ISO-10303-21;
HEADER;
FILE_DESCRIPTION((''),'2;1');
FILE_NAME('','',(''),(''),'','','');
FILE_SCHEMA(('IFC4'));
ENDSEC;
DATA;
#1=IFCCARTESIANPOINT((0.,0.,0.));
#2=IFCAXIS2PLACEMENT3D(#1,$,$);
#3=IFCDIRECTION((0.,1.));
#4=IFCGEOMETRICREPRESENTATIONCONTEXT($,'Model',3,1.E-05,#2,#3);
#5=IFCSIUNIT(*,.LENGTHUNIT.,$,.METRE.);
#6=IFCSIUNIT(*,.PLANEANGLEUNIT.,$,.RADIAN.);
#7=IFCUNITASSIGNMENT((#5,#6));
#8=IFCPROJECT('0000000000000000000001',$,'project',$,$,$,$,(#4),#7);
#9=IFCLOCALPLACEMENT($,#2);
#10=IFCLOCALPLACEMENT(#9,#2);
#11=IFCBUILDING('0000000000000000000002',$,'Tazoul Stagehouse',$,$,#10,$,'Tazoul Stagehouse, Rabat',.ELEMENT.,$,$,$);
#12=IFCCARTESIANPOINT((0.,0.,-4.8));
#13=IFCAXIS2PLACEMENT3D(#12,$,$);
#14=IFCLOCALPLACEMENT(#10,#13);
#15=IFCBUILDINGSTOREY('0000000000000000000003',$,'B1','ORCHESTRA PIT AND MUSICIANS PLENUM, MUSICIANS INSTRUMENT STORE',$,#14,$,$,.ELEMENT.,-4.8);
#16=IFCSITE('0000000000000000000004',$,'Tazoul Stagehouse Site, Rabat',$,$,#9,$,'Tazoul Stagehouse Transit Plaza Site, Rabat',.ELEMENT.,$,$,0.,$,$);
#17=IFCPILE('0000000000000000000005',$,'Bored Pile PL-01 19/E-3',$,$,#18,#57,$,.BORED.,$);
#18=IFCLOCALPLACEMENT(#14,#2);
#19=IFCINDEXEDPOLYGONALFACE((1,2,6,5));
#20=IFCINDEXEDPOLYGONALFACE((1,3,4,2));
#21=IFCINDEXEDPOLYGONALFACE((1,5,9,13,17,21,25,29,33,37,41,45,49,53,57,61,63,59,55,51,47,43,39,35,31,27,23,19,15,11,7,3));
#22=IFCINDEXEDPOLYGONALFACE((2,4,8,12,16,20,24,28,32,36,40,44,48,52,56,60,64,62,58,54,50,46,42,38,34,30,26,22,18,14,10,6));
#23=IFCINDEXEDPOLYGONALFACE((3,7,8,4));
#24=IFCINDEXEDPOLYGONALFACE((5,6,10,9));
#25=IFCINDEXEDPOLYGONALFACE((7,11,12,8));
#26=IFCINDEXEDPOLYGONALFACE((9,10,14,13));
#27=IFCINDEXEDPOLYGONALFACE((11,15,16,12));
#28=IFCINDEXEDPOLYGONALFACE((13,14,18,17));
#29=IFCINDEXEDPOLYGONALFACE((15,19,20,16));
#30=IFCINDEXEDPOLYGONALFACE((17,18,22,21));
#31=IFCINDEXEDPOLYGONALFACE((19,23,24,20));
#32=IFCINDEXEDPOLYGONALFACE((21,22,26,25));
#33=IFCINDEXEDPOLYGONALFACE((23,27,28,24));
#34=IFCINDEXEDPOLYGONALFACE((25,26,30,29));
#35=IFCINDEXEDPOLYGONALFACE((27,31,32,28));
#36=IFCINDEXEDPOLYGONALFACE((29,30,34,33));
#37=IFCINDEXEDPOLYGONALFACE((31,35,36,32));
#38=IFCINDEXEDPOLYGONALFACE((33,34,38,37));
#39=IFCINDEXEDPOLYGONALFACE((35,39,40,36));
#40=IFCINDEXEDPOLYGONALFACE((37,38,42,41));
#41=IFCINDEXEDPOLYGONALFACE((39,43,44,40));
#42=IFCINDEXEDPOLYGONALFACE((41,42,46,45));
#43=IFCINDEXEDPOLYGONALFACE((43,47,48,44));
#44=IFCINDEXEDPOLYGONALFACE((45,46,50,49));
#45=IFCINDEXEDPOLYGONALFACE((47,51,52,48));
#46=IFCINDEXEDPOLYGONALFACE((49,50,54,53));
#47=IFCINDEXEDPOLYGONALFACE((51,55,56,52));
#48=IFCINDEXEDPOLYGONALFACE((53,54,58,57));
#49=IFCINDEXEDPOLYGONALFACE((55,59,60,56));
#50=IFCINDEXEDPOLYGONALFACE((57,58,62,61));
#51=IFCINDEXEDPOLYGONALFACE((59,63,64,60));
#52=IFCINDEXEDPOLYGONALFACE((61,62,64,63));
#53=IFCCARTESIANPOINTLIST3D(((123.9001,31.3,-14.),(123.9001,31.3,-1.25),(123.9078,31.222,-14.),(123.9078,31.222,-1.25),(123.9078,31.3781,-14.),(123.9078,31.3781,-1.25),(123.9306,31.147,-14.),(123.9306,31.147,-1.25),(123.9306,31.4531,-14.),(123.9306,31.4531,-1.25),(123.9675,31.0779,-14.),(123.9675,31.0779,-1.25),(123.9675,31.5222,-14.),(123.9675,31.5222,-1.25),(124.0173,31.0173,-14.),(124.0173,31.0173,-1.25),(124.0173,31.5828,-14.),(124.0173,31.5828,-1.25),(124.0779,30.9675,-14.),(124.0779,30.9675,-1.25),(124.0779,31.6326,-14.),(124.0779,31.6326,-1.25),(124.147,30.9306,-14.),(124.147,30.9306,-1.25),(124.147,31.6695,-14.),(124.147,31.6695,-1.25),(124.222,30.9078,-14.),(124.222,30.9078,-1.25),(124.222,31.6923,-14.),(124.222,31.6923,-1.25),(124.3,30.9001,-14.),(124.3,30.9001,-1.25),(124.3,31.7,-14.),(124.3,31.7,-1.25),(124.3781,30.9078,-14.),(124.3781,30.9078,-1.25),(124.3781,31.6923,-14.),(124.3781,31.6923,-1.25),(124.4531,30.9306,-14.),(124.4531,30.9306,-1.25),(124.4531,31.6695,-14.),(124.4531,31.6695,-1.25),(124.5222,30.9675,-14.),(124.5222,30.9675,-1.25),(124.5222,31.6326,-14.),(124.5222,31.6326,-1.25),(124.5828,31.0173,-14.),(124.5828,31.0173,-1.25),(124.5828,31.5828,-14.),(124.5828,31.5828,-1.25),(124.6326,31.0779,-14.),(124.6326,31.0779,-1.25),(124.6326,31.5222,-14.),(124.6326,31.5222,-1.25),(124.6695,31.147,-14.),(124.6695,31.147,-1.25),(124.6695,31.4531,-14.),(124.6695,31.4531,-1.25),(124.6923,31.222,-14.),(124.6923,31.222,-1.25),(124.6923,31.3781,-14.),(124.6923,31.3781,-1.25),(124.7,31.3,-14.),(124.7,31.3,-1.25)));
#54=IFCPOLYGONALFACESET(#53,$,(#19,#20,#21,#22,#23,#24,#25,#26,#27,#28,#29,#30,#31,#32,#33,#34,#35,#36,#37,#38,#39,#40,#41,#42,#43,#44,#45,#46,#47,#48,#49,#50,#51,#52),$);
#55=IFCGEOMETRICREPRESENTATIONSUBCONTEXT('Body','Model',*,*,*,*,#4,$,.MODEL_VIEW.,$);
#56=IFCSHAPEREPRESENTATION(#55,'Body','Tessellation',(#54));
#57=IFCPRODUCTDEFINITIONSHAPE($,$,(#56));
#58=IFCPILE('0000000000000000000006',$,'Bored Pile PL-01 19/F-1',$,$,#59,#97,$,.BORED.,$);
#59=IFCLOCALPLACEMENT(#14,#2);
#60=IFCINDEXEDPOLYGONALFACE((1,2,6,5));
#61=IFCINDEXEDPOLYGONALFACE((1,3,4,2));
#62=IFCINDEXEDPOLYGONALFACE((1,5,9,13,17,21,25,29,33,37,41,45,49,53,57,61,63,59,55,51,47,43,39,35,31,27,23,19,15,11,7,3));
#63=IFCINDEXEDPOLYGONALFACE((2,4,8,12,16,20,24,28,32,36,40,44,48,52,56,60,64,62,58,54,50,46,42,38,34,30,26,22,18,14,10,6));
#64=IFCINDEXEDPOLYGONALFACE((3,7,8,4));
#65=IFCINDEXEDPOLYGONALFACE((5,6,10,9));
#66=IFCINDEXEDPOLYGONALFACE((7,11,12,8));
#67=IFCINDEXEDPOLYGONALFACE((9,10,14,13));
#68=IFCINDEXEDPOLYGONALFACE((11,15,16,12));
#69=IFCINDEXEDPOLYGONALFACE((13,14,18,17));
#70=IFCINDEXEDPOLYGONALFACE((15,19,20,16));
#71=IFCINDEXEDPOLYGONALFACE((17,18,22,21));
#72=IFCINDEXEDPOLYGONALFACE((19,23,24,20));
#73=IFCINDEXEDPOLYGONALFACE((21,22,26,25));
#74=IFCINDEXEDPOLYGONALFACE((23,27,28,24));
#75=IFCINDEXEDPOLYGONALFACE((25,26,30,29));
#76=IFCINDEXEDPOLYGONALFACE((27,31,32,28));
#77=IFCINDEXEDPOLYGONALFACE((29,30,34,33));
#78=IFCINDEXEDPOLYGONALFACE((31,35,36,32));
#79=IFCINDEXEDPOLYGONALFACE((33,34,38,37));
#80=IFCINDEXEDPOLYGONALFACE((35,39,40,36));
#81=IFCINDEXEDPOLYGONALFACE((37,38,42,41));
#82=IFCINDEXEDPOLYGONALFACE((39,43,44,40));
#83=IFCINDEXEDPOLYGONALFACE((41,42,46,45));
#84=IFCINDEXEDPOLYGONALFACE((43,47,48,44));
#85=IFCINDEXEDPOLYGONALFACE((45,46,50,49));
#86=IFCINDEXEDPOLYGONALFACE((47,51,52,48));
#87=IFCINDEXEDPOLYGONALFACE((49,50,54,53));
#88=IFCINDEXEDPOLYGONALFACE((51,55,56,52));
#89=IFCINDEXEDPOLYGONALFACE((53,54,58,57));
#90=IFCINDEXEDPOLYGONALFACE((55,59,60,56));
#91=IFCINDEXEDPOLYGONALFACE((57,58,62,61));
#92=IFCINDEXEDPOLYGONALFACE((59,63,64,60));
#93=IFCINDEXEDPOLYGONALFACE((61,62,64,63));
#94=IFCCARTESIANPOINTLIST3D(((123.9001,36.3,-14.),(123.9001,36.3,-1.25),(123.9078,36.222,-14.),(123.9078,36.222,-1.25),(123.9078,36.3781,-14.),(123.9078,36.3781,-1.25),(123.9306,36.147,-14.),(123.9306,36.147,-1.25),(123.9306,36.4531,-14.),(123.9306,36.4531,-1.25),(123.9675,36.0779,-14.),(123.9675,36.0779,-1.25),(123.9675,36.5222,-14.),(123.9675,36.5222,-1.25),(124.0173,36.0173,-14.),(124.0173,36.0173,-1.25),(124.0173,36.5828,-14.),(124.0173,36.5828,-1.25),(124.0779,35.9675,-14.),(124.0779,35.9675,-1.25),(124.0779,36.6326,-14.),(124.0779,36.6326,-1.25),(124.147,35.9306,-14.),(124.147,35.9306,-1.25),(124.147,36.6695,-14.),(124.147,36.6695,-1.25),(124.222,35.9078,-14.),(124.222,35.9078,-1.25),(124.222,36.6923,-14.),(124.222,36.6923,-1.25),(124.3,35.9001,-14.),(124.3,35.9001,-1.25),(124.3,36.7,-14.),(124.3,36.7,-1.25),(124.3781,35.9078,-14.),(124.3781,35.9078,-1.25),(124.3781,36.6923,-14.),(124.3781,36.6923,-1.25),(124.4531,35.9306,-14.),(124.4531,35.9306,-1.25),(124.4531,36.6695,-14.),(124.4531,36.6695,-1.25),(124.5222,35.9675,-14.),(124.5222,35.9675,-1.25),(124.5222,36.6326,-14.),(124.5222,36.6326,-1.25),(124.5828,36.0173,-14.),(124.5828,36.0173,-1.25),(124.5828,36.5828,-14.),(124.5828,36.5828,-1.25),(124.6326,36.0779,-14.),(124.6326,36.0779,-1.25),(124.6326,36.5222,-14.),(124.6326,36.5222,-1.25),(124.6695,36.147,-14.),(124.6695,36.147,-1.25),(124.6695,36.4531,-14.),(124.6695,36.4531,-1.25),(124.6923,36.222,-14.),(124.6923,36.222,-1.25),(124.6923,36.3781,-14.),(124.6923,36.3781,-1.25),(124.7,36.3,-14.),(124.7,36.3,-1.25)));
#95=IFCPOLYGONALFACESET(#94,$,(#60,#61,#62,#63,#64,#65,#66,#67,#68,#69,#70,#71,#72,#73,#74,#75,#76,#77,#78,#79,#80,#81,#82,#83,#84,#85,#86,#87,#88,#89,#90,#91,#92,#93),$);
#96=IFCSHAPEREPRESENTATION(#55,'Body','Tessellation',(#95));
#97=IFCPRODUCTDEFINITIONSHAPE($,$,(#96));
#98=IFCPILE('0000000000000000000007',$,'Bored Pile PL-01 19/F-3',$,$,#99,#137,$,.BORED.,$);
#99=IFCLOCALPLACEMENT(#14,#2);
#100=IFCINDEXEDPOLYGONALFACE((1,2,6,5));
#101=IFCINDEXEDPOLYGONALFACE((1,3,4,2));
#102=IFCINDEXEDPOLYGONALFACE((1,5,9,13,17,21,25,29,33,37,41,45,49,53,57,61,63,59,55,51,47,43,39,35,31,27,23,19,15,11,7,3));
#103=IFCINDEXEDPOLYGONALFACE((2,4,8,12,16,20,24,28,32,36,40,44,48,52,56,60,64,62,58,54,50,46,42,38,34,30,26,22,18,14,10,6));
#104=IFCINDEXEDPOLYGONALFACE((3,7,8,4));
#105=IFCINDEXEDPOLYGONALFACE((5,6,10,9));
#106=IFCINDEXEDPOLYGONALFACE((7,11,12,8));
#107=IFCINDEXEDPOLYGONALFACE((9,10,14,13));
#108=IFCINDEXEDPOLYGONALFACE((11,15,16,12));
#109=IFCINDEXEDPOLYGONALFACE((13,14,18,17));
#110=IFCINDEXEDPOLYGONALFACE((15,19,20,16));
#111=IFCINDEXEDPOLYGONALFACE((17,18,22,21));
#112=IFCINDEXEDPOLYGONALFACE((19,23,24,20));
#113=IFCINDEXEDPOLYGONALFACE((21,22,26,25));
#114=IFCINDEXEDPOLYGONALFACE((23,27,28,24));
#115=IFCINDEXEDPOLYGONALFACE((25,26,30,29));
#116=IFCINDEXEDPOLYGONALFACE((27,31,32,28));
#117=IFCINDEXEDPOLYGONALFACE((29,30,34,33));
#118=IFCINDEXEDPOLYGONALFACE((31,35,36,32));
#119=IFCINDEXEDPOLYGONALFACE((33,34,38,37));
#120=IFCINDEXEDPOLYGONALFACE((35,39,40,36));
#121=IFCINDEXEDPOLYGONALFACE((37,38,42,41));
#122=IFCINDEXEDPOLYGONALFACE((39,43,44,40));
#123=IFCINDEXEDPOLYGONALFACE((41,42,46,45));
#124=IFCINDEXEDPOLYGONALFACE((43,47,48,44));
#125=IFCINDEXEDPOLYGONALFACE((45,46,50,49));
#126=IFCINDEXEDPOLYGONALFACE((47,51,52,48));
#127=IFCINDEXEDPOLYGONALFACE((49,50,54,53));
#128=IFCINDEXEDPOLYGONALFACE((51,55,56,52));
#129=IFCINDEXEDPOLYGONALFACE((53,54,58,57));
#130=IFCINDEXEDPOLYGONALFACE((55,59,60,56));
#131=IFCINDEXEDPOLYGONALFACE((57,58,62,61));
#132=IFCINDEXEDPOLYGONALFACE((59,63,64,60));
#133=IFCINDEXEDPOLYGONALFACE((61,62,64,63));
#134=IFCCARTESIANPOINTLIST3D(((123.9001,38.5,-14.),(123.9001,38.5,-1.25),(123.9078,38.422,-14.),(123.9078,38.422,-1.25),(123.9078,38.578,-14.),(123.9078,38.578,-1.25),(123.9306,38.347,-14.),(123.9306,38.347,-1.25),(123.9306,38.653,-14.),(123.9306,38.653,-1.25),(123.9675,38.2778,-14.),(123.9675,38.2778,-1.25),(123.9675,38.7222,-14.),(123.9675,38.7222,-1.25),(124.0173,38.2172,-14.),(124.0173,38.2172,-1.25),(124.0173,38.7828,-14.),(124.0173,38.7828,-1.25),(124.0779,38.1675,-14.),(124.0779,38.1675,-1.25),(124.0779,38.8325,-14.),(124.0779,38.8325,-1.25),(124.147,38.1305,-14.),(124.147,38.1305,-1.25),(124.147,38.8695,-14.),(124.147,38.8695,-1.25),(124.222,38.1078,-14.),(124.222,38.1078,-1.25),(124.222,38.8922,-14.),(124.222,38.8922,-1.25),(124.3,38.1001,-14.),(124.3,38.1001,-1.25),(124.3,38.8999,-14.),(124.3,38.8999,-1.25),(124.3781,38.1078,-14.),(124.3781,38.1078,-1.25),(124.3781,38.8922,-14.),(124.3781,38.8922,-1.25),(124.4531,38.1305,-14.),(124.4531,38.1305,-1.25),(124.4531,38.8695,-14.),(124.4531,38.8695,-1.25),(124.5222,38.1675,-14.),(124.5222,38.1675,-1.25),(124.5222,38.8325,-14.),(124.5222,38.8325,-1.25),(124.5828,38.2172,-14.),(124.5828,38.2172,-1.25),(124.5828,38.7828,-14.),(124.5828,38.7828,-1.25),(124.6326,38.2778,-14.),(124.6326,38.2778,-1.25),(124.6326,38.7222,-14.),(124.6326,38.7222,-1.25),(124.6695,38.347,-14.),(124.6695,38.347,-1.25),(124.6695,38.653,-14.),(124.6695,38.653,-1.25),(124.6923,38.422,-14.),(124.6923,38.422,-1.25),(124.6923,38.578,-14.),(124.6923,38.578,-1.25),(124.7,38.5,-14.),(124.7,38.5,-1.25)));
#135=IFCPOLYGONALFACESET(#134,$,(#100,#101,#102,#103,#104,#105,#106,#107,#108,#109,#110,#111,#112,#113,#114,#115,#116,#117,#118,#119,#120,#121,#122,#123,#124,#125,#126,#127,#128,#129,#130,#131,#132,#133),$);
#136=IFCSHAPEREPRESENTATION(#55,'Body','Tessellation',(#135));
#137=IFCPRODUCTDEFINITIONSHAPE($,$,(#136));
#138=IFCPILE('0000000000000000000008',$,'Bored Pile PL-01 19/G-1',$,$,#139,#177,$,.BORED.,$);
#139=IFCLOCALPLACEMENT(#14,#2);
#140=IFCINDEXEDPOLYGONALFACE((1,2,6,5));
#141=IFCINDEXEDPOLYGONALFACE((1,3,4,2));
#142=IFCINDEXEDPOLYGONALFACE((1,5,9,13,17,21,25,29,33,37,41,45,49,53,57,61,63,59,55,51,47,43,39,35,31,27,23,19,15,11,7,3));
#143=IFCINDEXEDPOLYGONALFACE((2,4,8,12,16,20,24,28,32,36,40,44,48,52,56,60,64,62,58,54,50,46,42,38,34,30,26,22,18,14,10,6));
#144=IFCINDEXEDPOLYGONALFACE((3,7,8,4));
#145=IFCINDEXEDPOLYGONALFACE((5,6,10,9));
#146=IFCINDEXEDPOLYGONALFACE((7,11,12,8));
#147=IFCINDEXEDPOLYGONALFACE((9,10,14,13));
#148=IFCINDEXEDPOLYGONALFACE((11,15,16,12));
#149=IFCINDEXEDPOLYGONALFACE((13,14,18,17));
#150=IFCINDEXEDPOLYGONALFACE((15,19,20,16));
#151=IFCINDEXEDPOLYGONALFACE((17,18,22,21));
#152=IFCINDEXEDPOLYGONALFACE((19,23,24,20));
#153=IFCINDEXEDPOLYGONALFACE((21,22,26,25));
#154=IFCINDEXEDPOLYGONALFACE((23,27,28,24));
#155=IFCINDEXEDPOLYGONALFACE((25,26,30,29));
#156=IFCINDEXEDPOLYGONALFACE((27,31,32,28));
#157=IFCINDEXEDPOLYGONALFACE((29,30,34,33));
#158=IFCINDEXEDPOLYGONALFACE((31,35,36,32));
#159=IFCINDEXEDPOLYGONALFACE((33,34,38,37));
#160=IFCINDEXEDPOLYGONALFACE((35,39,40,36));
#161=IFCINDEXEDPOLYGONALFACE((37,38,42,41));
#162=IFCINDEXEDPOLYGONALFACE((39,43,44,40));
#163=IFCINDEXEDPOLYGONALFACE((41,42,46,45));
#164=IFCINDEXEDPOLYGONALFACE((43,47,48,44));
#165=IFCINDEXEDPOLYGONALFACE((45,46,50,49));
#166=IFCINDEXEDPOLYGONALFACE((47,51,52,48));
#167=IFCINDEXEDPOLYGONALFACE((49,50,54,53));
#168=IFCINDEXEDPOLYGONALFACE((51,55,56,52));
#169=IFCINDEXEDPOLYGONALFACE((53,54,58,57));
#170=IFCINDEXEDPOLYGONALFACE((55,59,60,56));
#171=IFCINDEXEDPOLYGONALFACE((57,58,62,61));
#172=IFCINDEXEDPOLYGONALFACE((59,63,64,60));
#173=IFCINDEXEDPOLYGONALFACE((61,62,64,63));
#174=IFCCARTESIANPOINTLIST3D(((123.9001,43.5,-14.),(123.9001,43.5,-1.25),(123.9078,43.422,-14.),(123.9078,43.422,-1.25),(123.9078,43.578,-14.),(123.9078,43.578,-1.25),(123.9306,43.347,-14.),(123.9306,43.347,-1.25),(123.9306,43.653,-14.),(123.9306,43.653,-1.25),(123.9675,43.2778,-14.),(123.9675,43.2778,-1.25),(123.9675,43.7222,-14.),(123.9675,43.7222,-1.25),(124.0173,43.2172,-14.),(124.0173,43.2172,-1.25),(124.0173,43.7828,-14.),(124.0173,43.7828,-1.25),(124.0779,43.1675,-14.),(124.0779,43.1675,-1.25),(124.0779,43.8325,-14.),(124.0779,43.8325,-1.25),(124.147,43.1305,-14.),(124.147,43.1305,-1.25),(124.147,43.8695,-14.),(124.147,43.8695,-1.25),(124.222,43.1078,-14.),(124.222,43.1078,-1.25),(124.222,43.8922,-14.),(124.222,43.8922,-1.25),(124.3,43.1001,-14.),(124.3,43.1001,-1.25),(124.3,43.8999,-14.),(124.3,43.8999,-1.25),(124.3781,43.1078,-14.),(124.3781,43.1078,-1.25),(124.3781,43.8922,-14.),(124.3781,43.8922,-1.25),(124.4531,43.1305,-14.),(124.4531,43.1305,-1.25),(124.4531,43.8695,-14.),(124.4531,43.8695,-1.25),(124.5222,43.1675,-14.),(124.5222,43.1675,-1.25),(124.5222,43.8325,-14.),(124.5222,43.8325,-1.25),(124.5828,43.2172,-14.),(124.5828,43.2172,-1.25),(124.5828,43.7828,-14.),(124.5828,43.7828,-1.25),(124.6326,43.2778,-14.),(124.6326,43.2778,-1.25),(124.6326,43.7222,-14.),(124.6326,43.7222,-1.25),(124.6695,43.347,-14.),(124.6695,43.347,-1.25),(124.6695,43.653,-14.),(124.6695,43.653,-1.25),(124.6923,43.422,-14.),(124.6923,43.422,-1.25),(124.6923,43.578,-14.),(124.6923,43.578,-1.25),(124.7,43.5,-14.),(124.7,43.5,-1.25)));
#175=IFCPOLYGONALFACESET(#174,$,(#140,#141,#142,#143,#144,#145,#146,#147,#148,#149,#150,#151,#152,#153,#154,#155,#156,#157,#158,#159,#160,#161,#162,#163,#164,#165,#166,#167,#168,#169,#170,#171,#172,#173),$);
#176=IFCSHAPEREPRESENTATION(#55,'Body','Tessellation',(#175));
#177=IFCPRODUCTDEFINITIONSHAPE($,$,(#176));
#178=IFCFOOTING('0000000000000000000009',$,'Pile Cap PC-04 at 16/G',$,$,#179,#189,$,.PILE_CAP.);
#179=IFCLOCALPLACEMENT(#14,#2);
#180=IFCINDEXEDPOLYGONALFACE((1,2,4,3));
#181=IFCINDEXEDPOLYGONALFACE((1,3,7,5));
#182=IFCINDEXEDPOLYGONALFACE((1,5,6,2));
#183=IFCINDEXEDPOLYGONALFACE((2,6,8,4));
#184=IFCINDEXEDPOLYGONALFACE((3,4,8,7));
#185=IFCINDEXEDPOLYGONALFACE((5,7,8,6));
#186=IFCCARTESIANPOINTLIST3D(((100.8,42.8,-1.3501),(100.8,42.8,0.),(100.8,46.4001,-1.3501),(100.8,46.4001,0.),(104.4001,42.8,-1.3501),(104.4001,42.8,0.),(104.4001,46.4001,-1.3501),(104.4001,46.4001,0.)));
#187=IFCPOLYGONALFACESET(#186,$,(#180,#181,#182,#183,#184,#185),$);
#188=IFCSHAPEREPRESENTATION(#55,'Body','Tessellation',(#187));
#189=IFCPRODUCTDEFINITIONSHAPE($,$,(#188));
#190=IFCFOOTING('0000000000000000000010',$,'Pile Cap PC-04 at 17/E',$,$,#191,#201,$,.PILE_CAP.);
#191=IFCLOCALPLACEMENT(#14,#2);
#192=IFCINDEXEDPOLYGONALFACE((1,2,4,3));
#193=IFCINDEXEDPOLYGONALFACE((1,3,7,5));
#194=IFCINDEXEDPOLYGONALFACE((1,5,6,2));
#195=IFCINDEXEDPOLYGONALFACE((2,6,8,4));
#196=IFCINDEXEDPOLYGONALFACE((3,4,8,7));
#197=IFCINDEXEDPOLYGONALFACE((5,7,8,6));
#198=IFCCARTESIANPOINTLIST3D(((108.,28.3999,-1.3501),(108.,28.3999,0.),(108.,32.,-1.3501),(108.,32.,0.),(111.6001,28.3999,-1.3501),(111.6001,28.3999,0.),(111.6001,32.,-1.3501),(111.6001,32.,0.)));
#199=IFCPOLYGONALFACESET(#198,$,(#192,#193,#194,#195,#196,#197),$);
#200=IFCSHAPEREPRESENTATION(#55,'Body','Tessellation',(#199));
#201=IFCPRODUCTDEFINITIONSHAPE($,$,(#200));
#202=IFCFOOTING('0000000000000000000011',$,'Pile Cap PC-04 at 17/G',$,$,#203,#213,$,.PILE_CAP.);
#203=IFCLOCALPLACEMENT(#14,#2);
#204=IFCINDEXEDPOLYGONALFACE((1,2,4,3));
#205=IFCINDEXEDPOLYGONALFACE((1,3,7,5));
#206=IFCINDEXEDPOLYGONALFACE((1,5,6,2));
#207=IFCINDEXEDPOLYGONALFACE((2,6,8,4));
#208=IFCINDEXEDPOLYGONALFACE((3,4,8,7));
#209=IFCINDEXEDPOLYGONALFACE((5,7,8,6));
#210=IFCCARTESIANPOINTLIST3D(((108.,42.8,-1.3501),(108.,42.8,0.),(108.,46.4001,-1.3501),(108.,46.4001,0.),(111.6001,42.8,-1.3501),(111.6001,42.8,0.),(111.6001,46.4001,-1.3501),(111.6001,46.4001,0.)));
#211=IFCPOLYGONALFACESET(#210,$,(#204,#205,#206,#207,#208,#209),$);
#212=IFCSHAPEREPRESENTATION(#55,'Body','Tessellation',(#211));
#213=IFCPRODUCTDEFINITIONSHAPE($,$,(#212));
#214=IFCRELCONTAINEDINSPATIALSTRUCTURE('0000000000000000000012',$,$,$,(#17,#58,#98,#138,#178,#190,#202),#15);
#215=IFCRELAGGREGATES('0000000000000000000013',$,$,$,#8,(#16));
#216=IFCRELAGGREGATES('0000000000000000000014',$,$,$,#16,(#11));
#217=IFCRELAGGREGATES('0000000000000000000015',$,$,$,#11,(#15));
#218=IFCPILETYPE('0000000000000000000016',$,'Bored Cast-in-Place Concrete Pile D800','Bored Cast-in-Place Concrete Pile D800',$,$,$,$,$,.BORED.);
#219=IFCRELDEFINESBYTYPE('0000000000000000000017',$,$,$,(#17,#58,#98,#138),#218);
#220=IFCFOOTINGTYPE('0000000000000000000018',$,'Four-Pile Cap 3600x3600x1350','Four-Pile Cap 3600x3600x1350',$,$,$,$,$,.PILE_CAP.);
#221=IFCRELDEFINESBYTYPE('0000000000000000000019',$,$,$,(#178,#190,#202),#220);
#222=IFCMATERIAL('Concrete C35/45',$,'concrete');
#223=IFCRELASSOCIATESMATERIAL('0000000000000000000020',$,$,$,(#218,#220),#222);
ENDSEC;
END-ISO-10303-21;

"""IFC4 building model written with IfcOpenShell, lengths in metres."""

from ifc_helpers import new_model, si_unit, direction, frame, origin, origin_2d, place, context, subcontext, project, spatial, rectangle, circle, extrude, material, material_profile, profile_set, type_object, element, save


model = new_model("IFC4")

# Units and contexts
model_context = context("Model", 3, precision=1e-05, world=origin(), true_north=direction((0.0, 1.0)))
body_context = subcontext(model_context, "Body", "Model", "MODEL_VIEW")
ifc_project = project(units=[si_unit("LENGTHUNIT", "METRE"), si_unit("PLANEANGLEUNIT", "RADIAN")], contexts=[model_context])

# Site, building, storey
site_placement = place(None, origin())
site = spatial("IfcSite", under=ifc_project, at=site_placement, Name="Tazoul Stagehouse Site, Rabat", LongName="Tazoul Stagehouse Transit Plaza Site, Rabat", CompositionType="ELEMENT", RefElevation=0.0)
building_placement = place(site_placement, origin())
building = spatial("IfcBuilding", under=site, at=building_placement, Name="Tazoul Stagehouse", LongName="Tazoul Stagehouse, Rabat", CompositionType="ELEMENT")
storey_placement = place(building_placement, frame((0.0, 0.0, -4.8)))
storey = spatial("IfcBuildingStorey", under=building, at=storey_placement, Name="B1", Description="ORCHESTRA PIT AND MUSICIANS PLENUM, MUSICIANS INSTRUMENT STORE", CompositionType="ELEMENT", Elevation=-4.8)

# Piles
ifc_material_1 = material(Name="Concrete C35/45", Category="concrete")
ifc_material_profile_1 = material_profile(ifc_material_1, circle(Radius=0.3999, at=origin_2d()), Name="BORED PILE 800")
ifc_profile_set_1 = profile_set([ifc_material_profile_1], Name="Concrete C35/45")
pile_type = type_object("IfcPileType", Name="Bored Cast-in-Place Concrete Pile D800", Description="Bored Cast-in-Place Concrete Pile D800", PredefinedType="BORED", material=ifc_profile_set_1)
for number, where, z_axis, x_axis, name in (
    (1, (124.3, 31.3, -1.25), (0.0, 0.0, -1.0), (1.0, 0.0, 0.0), "Bored Pile PL-01 19/E-3"),
    (2, (124.3, 36.3, -1.25), (0.0, 0.0, -1.0), (1.0, 0.0, 0.0), "Bored Pile PL-01 19/F-1"),
    (3, (124.3, 38.5, -1.25), (0.0, 0.0, -1.0), (1.0, 0.0, 0.0), "Bored Pile PL-01 19/F-3"),
    (4, (124.3, 43.5, -1.25), (0.0, 0.0, -1.0), (1.0, 0.0, 0.0), "Bored Pile PL-01 19/G-1"),
):
    element("IfcPile", number, at=place(storey_placement, frame(where, z_axis=z_axis, x_axis=x_axis)), inside=storey, type_object=pile_type, Name=name, PredefinedType="BORED", context=body_context, shape_type="SweptSolid", body=[
        extrude(circle(Radius=0.3999, at=origin_2d()), origin(), (0.0, 0.0, 1.0), 12.75),
    ])

# Footings
footing_type_1 = type_object("IfcFootingType", Name="Four-Pile Cap 3600x3600x1350", Description="Four-Pile Cap 3600x3600x1350", PredefinedType="PILE_CAP", material=ifc_material_1)
for number, where, z_axis, x_axis, name in (
    (5, (102.6001, 44.6001, -1.3501), (0.0, 0.0, 1.0), (1.0, 0.0, 0.0), "Pile Cap PC-04 at 16/G"),
    (6, (109.8, 30.2, -1.3501), (0.0, 0.0, 1.0), (1.0, 0.0, 0.0), "Pile Cap PC-04 at 17/E"),
    (7, (109.8, 44.6001, -1.3501), (0.0, 0.0, 1.0), (1.0, 0.0, 0.0), "Pile Cap PC-04 at 17/G"),
):
    element("IfcFooting", number, at=place(storey_placement, frame(where, z_axis=z_axis, x_axis=x_axis)), inside=storey, type_object=footing_type_1, Name=name, PredefinedType="PILE_CAP", context=body_context, shape_type="SweptSolid", body=[
        extrude(rectangle(XDim=3.6001, YDim=3.6001, at=origin_2d()), origin(), (0.0, 0.0, 1.0), 1.3501),
    ])

save(model, "model.ifc")
